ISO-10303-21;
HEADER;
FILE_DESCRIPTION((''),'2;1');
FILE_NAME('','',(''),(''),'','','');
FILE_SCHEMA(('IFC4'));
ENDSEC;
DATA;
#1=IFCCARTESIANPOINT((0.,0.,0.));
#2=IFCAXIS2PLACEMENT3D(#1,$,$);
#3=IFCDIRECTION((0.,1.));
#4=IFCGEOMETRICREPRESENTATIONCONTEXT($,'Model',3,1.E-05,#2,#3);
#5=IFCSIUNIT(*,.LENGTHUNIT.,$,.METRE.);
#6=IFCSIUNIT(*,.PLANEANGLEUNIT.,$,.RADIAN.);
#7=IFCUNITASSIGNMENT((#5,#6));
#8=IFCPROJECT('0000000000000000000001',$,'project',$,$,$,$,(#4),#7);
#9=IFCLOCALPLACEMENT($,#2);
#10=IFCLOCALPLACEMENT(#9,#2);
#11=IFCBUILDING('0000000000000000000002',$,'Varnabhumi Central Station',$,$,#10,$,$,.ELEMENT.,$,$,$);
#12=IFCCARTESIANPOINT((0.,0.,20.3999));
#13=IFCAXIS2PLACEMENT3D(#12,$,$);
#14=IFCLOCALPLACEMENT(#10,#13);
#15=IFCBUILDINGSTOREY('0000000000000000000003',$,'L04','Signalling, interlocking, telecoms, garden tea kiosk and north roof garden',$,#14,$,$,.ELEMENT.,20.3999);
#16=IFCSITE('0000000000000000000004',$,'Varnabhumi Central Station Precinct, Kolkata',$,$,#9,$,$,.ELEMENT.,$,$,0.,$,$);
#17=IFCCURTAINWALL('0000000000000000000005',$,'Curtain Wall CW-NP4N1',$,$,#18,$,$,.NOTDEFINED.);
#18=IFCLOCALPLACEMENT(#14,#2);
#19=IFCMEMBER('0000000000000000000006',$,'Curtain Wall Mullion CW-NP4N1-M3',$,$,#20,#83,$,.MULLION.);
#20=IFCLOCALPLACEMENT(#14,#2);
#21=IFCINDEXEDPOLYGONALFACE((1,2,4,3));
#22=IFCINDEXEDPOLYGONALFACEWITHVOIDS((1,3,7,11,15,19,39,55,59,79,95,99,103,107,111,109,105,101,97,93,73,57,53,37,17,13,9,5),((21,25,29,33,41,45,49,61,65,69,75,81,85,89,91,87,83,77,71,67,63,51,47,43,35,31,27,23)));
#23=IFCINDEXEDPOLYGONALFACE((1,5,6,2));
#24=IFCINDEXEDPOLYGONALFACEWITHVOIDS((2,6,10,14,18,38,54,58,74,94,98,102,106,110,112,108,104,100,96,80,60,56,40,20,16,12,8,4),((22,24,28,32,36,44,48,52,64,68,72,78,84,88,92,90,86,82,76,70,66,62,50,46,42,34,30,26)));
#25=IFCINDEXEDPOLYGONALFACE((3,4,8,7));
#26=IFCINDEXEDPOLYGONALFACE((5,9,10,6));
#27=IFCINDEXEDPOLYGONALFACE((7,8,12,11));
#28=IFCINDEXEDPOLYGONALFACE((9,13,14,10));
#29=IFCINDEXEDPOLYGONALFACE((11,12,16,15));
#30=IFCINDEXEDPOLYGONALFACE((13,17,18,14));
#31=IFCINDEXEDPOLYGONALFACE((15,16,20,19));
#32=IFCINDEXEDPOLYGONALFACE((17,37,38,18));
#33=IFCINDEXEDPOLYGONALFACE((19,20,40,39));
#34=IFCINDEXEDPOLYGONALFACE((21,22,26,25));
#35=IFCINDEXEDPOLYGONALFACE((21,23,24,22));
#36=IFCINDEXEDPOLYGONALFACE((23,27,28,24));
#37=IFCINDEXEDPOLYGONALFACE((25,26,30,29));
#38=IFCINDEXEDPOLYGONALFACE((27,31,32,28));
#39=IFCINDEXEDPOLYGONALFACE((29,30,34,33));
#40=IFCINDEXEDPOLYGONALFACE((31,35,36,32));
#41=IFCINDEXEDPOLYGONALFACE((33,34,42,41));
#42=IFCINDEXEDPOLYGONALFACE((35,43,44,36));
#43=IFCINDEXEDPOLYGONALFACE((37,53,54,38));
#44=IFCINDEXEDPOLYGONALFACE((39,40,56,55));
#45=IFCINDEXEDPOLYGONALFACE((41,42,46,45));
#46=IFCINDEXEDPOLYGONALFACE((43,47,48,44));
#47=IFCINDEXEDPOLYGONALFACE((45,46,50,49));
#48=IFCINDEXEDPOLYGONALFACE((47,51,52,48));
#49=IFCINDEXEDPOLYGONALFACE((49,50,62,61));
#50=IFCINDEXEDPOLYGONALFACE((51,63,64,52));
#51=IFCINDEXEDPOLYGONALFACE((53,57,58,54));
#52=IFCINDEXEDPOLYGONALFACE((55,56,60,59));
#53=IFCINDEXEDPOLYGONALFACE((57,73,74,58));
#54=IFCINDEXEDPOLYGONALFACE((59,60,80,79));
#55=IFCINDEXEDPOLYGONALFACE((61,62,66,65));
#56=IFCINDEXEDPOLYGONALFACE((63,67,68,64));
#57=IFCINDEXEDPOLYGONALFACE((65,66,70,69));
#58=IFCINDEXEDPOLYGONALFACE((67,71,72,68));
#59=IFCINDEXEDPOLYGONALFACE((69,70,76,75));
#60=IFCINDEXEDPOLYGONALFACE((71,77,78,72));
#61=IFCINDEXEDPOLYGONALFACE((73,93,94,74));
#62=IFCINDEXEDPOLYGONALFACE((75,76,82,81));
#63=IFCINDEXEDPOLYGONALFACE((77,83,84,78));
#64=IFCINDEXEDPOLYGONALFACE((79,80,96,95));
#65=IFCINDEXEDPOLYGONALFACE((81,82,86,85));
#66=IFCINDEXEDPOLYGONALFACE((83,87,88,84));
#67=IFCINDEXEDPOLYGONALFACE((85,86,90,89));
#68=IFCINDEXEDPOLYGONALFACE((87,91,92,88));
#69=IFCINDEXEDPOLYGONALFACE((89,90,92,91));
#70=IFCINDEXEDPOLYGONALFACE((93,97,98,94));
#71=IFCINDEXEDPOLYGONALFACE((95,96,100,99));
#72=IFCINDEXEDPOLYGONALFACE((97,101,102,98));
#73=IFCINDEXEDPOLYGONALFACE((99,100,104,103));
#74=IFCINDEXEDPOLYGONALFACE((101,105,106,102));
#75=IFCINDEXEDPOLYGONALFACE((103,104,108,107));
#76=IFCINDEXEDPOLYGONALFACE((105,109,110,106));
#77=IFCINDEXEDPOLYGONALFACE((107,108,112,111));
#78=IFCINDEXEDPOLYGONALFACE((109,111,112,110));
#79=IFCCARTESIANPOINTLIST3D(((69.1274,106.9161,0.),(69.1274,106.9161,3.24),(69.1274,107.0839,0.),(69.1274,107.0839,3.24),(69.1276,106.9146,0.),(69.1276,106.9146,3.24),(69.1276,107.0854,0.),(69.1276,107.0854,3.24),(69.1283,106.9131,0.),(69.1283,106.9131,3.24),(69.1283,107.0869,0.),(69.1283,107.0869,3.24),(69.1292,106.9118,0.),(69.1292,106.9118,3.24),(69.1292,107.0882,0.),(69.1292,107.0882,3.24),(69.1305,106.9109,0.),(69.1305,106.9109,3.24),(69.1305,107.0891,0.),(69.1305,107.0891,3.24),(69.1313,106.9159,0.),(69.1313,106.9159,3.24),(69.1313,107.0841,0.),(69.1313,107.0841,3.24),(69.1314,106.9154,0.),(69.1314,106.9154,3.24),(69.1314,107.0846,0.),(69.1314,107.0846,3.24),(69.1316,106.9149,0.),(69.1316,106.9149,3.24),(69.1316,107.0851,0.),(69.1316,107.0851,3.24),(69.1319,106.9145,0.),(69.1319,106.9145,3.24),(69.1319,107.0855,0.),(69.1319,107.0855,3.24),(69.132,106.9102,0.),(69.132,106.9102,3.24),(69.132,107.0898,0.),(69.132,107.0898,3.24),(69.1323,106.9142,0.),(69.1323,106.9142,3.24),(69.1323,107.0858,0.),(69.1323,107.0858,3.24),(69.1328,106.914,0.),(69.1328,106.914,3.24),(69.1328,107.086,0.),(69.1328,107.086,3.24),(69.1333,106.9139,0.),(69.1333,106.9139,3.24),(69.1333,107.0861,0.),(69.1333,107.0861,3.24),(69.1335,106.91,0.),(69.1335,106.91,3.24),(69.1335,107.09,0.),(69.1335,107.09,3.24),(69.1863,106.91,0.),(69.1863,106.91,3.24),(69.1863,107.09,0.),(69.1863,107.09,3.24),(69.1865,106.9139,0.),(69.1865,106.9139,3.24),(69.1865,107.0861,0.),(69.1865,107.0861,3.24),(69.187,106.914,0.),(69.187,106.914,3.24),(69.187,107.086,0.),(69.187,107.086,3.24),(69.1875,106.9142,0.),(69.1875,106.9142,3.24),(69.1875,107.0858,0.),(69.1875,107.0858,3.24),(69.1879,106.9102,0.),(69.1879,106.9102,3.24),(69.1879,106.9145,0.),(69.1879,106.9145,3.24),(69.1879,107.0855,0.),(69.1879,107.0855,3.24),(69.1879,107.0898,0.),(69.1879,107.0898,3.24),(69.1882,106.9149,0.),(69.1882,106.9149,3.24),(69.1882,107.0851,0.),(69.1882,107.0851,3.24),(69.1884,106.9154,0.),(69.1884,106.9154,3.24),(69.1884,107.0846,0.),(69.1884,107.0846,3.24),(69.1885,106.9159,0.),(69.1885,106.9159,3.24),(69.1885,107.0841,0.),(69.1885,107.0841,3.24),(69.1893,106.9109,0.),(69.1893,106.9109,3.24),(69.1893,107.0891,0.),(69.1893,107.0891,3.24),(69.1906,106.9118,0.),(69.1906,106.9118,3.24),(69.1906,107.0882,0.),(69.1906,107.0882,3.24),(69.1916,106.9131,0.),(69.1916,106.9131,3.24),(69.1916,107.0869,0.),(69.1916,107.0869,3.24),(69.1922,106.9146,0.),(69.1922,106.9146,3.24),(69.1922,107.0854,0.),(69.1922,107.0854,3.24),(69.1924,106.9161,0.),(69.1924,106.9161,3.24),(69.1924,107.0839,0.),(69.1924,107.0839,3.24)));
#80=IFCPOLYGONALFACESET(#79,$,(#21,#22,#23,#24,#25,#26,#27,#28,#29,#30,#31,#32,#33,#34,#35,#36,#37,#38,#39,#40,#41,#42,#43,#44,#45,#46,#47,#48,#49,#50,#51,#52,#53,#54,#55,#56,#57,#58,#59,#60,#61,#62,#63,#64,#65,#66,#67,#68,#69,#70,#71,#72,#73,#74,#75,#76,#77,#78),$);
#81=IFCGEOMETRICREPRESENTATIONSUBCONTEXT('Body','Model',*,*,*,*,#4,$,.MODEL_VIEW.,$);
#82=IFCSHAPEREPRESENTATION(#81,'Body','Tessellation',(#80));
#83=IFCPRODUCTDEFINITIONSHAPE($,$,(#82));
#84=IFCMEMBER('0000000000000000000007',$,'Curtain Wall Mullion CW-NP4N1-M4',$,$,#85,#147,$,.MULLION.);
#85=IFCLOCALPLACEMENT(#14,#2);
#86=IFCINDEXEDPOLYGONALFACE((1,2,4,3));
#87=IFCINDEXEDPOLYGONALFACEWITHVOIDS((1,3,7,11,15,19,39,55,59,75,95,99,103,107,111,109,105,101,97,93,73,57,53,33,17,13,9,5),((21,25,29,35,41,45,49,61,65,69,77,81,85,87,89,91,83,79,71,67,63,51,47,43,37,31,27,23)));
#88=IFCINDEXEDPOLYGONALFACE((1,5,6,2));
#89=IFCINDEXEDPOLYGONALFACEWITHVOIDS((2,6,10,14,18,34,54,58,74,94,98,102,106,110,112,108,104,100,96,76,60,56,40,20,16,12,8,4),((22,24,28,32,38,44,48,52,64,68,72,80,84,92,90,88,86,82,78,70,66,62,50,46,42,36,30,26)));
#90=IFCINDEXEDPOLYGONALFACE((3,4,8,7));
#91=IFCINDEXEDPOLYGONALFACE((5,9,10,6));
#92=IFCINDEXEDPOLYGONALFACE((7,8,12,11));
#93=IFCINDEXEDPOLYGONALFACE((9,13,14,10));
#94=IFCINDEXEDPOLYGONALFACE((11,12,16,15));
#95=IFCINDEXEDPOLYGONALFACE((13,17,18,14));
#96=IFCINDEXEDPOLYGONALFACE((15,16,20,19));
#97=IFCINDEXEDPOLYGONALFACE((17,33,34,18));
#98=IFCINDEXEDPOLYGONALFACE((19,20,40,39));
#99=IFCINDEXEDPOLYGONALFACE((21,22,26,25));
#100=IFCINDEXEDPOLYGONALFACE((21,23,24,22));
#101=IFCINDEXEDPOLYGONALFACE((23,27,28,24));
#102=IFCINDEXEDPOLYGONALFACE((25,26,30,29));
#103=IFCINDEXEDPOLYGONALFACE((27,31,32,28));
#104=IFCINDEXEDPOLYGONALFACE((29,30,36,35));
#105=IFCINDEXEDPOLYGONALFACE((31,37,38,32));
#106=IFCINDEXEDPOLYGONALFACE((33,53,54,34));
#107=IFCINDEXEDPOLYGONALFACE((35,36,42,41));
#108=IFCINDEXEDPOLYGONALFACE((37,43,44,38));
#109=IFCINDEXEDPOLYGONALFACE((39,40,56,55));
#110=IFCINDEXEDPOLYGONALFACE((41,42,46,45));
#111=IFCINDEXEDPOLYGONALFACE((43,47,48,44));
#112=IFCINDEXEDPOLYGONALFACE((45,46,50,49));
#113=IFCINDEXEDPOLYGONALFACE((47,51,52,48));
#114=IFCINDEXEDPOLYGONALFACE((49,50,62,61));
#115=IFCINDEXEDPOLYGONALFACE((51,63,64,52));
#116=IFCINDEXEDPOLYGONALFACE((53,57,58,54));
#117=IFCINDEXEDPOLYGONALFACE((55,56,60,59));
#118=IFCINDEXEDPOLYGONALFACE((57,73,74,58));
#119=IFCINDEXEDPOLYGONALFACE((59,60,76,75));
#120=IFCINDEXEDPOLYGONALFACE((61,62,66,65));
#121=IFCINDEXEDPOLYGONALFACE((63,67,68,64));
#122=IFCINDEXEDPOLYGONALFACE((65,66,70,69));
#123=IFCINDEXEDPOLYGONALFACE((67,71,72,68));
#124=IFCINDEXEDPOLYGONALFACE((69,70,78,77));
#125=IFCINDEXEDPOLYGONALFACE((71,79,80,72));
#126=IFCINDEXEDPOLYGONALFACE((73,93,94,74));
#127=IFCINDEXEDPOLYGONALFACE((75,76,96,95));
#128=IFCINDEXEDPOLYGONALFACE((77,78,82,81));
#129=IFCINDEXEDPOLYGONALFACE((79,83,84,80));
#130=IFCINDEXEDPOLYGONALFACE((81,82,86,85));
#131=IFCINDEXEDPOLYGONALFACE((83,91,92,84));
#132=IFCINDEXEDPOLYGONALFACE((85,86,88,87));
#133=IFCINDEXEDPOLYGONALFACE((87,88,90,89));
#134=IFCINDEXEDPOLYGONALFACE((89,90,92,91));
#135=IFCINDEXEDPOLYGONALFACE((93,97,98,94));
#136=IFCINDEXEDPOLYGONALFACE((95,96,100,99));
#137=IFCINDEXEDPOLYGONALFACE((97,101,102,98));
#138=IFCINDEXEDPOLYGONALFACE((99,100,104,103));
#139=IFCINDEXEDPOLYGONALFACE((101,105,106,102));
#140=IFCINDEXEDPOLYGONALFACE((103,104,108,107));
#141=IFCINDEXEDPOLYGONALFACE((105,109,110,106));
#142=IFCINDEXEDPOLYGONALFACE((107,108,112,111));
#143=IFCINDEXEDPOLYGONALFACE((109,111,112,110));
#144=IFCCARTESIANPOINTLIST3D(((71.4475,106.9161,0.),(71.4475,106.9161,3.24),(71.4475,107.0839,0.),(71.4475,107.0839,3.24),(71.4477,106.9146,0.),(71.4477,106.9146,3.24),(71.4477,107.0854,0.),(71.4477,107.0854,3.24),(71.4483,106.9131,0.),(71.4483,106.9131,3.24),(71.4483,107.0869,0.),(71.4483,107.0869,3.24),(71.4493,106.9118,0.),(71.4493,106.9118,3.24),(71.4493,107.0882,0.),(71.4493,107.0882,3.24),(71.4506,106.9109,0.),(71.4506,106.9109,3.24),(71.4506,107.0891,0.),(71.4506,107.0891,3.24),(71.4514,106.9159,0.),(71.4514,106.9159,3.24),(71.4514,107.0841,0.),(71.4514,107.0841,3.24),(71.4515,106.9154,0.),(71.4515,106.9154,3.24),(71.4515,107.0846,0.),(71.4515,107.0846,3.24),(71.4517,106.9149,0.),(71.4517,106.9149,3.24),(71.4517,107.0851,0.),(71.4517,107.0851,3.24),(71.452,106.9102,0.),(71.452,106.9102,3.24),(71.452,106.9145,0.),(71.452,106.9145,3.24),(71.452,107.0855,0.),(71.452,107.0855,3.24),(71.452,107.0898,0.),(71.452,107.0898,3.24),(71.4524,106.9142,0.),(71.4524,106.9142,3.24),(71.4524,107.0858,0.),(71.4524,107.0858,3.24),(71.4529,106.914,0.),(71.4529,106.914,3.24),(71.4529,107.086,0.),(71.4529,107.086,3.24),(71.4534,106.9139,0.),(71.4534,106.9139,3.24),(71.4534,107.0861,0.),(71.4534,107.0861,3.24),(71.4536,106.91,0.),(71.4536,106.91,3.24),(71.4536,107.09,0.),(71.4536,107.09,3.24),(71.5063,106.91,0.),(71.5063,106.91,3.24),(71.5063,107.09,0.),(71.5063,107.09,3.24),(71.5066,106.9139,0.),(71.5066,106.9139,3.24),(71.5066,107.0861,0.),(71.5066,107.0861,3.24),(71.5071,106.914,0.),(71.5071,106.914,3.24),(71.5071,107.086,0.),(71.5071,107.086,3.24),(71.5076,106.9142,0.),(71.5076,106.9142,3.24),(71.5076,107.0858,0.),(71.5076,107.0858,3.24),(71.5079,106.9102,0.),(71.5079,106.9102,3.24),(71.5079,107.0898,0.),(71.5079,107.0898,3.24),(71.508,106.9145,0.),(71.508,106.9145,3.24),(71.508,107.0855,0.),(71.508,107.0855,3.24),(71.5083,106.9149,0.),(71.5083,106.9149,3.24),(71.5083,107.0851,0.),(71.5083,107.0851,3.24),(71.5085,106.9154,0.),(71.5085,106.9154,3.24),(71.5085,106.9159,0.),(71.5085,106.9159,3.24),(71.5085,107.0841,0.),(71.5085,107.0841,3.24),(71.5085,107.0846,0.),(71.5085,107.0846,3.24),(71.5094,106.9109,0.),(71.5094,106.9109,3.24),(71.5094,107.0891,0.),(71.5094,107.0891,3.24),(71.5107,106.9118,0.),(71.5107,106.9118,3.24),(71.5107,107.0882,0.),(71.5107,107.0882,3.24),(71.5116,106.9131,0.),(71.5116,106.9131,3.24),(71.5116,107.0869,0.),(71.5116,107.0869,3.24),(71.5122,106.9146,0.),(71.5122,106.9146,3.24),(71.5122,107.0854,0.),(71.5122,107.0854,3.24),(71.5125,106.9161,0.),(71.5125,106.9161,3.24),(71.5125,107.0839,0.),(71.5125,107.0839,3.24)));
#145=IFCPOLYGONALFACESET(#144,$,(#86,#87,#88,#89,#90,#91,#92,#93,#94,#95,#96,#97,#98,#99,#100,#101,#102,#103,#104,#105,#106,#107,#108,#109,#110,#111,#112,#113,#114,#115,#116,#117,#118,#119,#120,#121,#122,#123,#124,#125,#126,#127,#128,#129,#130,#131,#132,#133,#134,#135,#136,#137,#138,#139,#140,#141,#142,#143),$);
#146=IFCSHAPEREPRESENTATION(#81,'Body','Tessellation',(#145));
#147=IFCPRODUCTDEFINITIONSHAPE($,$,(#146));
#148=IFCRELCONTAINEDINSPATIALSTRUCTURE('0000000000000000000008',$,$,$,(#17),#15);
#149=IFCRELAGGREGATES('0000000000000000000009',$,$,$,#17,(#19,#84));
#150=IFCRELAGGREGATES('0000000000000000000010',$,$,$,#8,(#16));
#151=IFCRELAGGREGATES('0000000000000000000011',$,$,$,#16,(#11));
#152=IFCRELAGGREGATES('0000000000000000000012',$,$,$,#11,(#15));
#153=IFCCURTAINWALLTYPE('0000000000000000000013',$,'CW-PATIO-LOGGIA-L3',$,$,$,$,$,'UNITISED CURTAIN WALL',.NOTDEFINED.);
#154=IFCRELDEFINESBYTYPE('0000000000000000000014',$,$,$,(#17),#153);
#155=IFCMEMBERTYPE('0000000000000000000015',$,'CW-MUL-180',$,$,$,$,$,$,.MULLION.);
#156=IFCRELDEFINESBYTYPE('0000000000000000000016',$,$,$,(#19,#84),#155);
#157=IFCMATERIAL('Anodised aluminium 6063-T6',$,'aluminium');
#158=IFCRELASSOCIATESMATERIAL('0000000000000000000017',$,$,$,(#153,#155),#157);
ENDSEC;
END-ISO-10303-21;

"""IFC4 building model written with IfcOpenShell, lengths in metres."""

from ifc_helpers import new_model, si_unit, direction, frame, origin, origin_2d, place, context, subcontext, project, spatial, hollow_rectangle, extrude, material, material_profile, profile_set, type_object, element, aggregate, save


model = new_model("IFC4")

# Units and contexts
model_context = context("Model", 3, precision=1e-05, world=origin(), true_north=direction((0.0, 1.0)))
body_context = subcontext(model_context, "Body", "Model", "MODEL_VIEW")
ifc_project = project(units=[si_unit("LENGTHUNIT", "METRE"), si_unit("PLANEANGLEUNIT", "RADIAN")], contexts=[model_context])

# Site, building, storey
site_placement = place(None, origin())
site = spatial("IfcSite", under=ifc_project, at=site_placement, Name="Varnabhumi Central Station Precinct, Kolkata", CompositionType="ELEMENT", RefElevation=0.0)
building_placement = place(site_placement, origin())
building = spatial("IfcBuilding", under=site, at=building_placement, Name="Varnabhumi Central Station", CompositionType="ELEMENT")
storey_placement = place(building_placement, frame((0.0, 0.0, 20.3999)))
storey = spatial("IfcBuildingStorey", under=building, at=storey_placement, Name="L04", Description="Signalling, interlocking, telecoms, garden tea kiosk and north roof garden", CompositionType="ELEMENT", Elevation=20.3999)

# Shared definitions
ifc_material_1 = material(Name="Anodised aluminium 6063-T6", Category="aluminium")
curtain_wall_type = type_object("IfcCurtainWallType", Name="CW-PATIO-LOGGIA-L3", ElementType="UNITISED CURTAIN WALL", PredefinedType="NOTDEFINED", material=ifc_material_1)
ifc_material_profile_1 = material_profile(ifc_material_1, hollow_rectangle(XDim=0.0649, YDim=0.1799, WallThickness=0.0039, InnerFilletRadius=0.002, OuterFilletRadius=0.0061, at=origin_2d()), Name="Anodised aluminium 6063-T6", Category="aluminium")
ifc_profile_set_1 = profile_set([ifc_material_profile_1], Name="Anodised aluminium 6063-T6")
member_type_1 = type_object("IfcMemberType", Name="CW-MUL-180", PredefinedType="MULLION", material=ifc_profile_set_1)

# Curtain wall, members
curtain_wall_1_placement = place(storey_placement, origin())
curtain_wall_1 = element("IfcCurtainWall", 1, at=curtain_wall_1_placement, inside=storey, type_object=curtain_wall_type, Name="Curtain Wall CW-NP4N1", PredefinedType="NOTDEFINED")
member_1_placement = place(storey_placement, frame((69.1599, 107.0, 0.0), z_axis=(0.0, 0.0, 1.0), x_axis=(1.0, 0.0, 0.0)))
member_1 = element("IfcMember", 2, at=member_1_placement, type_object=member_type_1, Name="Curtain Wall Mullion CW-NP4N1-M3", PredefinedType="MULLION", context=body_context, shape_type="SweptSolid", body=[
    extrude(hollow_rectangle(XDim=0.0649, YDim=0.1799, WallThickness=0.0039, InnerFilletRadius=0.002, OuterFilletRadius=0.0061, at=origin_2d()), origin(), (0.0, 0.0, 1.0), 3.24),
])
member_2_placement = place(storey_placement, frame((71.48, 107.0, 0.0), z_axis=(0.0, 0.0, 1.0), x_axis=(1.0, 0.0, 0.0)))
member_2 = element("IfcMember", 3, at=member_2_placement, type_object=member_type_1, Name="Curtain Wall Mullion CW-NP4N1-M4", PredefinedType="MULLION", context=body_context, shape_type="SweptSolid", body=[
    extrude(hollow_rectangle(XDim=0.0649, YDim=0.1799, WallThickness=0.0039, InnerFilletRadius=0.002, OuterFilletRadius=0.0061, at=origin_2d()), origin(), (0.0, 0.0, 1.0), 3.24),
])

aggregate(curtain_wall_1, [member_1, member_2])

save(model, "model.ifc")
